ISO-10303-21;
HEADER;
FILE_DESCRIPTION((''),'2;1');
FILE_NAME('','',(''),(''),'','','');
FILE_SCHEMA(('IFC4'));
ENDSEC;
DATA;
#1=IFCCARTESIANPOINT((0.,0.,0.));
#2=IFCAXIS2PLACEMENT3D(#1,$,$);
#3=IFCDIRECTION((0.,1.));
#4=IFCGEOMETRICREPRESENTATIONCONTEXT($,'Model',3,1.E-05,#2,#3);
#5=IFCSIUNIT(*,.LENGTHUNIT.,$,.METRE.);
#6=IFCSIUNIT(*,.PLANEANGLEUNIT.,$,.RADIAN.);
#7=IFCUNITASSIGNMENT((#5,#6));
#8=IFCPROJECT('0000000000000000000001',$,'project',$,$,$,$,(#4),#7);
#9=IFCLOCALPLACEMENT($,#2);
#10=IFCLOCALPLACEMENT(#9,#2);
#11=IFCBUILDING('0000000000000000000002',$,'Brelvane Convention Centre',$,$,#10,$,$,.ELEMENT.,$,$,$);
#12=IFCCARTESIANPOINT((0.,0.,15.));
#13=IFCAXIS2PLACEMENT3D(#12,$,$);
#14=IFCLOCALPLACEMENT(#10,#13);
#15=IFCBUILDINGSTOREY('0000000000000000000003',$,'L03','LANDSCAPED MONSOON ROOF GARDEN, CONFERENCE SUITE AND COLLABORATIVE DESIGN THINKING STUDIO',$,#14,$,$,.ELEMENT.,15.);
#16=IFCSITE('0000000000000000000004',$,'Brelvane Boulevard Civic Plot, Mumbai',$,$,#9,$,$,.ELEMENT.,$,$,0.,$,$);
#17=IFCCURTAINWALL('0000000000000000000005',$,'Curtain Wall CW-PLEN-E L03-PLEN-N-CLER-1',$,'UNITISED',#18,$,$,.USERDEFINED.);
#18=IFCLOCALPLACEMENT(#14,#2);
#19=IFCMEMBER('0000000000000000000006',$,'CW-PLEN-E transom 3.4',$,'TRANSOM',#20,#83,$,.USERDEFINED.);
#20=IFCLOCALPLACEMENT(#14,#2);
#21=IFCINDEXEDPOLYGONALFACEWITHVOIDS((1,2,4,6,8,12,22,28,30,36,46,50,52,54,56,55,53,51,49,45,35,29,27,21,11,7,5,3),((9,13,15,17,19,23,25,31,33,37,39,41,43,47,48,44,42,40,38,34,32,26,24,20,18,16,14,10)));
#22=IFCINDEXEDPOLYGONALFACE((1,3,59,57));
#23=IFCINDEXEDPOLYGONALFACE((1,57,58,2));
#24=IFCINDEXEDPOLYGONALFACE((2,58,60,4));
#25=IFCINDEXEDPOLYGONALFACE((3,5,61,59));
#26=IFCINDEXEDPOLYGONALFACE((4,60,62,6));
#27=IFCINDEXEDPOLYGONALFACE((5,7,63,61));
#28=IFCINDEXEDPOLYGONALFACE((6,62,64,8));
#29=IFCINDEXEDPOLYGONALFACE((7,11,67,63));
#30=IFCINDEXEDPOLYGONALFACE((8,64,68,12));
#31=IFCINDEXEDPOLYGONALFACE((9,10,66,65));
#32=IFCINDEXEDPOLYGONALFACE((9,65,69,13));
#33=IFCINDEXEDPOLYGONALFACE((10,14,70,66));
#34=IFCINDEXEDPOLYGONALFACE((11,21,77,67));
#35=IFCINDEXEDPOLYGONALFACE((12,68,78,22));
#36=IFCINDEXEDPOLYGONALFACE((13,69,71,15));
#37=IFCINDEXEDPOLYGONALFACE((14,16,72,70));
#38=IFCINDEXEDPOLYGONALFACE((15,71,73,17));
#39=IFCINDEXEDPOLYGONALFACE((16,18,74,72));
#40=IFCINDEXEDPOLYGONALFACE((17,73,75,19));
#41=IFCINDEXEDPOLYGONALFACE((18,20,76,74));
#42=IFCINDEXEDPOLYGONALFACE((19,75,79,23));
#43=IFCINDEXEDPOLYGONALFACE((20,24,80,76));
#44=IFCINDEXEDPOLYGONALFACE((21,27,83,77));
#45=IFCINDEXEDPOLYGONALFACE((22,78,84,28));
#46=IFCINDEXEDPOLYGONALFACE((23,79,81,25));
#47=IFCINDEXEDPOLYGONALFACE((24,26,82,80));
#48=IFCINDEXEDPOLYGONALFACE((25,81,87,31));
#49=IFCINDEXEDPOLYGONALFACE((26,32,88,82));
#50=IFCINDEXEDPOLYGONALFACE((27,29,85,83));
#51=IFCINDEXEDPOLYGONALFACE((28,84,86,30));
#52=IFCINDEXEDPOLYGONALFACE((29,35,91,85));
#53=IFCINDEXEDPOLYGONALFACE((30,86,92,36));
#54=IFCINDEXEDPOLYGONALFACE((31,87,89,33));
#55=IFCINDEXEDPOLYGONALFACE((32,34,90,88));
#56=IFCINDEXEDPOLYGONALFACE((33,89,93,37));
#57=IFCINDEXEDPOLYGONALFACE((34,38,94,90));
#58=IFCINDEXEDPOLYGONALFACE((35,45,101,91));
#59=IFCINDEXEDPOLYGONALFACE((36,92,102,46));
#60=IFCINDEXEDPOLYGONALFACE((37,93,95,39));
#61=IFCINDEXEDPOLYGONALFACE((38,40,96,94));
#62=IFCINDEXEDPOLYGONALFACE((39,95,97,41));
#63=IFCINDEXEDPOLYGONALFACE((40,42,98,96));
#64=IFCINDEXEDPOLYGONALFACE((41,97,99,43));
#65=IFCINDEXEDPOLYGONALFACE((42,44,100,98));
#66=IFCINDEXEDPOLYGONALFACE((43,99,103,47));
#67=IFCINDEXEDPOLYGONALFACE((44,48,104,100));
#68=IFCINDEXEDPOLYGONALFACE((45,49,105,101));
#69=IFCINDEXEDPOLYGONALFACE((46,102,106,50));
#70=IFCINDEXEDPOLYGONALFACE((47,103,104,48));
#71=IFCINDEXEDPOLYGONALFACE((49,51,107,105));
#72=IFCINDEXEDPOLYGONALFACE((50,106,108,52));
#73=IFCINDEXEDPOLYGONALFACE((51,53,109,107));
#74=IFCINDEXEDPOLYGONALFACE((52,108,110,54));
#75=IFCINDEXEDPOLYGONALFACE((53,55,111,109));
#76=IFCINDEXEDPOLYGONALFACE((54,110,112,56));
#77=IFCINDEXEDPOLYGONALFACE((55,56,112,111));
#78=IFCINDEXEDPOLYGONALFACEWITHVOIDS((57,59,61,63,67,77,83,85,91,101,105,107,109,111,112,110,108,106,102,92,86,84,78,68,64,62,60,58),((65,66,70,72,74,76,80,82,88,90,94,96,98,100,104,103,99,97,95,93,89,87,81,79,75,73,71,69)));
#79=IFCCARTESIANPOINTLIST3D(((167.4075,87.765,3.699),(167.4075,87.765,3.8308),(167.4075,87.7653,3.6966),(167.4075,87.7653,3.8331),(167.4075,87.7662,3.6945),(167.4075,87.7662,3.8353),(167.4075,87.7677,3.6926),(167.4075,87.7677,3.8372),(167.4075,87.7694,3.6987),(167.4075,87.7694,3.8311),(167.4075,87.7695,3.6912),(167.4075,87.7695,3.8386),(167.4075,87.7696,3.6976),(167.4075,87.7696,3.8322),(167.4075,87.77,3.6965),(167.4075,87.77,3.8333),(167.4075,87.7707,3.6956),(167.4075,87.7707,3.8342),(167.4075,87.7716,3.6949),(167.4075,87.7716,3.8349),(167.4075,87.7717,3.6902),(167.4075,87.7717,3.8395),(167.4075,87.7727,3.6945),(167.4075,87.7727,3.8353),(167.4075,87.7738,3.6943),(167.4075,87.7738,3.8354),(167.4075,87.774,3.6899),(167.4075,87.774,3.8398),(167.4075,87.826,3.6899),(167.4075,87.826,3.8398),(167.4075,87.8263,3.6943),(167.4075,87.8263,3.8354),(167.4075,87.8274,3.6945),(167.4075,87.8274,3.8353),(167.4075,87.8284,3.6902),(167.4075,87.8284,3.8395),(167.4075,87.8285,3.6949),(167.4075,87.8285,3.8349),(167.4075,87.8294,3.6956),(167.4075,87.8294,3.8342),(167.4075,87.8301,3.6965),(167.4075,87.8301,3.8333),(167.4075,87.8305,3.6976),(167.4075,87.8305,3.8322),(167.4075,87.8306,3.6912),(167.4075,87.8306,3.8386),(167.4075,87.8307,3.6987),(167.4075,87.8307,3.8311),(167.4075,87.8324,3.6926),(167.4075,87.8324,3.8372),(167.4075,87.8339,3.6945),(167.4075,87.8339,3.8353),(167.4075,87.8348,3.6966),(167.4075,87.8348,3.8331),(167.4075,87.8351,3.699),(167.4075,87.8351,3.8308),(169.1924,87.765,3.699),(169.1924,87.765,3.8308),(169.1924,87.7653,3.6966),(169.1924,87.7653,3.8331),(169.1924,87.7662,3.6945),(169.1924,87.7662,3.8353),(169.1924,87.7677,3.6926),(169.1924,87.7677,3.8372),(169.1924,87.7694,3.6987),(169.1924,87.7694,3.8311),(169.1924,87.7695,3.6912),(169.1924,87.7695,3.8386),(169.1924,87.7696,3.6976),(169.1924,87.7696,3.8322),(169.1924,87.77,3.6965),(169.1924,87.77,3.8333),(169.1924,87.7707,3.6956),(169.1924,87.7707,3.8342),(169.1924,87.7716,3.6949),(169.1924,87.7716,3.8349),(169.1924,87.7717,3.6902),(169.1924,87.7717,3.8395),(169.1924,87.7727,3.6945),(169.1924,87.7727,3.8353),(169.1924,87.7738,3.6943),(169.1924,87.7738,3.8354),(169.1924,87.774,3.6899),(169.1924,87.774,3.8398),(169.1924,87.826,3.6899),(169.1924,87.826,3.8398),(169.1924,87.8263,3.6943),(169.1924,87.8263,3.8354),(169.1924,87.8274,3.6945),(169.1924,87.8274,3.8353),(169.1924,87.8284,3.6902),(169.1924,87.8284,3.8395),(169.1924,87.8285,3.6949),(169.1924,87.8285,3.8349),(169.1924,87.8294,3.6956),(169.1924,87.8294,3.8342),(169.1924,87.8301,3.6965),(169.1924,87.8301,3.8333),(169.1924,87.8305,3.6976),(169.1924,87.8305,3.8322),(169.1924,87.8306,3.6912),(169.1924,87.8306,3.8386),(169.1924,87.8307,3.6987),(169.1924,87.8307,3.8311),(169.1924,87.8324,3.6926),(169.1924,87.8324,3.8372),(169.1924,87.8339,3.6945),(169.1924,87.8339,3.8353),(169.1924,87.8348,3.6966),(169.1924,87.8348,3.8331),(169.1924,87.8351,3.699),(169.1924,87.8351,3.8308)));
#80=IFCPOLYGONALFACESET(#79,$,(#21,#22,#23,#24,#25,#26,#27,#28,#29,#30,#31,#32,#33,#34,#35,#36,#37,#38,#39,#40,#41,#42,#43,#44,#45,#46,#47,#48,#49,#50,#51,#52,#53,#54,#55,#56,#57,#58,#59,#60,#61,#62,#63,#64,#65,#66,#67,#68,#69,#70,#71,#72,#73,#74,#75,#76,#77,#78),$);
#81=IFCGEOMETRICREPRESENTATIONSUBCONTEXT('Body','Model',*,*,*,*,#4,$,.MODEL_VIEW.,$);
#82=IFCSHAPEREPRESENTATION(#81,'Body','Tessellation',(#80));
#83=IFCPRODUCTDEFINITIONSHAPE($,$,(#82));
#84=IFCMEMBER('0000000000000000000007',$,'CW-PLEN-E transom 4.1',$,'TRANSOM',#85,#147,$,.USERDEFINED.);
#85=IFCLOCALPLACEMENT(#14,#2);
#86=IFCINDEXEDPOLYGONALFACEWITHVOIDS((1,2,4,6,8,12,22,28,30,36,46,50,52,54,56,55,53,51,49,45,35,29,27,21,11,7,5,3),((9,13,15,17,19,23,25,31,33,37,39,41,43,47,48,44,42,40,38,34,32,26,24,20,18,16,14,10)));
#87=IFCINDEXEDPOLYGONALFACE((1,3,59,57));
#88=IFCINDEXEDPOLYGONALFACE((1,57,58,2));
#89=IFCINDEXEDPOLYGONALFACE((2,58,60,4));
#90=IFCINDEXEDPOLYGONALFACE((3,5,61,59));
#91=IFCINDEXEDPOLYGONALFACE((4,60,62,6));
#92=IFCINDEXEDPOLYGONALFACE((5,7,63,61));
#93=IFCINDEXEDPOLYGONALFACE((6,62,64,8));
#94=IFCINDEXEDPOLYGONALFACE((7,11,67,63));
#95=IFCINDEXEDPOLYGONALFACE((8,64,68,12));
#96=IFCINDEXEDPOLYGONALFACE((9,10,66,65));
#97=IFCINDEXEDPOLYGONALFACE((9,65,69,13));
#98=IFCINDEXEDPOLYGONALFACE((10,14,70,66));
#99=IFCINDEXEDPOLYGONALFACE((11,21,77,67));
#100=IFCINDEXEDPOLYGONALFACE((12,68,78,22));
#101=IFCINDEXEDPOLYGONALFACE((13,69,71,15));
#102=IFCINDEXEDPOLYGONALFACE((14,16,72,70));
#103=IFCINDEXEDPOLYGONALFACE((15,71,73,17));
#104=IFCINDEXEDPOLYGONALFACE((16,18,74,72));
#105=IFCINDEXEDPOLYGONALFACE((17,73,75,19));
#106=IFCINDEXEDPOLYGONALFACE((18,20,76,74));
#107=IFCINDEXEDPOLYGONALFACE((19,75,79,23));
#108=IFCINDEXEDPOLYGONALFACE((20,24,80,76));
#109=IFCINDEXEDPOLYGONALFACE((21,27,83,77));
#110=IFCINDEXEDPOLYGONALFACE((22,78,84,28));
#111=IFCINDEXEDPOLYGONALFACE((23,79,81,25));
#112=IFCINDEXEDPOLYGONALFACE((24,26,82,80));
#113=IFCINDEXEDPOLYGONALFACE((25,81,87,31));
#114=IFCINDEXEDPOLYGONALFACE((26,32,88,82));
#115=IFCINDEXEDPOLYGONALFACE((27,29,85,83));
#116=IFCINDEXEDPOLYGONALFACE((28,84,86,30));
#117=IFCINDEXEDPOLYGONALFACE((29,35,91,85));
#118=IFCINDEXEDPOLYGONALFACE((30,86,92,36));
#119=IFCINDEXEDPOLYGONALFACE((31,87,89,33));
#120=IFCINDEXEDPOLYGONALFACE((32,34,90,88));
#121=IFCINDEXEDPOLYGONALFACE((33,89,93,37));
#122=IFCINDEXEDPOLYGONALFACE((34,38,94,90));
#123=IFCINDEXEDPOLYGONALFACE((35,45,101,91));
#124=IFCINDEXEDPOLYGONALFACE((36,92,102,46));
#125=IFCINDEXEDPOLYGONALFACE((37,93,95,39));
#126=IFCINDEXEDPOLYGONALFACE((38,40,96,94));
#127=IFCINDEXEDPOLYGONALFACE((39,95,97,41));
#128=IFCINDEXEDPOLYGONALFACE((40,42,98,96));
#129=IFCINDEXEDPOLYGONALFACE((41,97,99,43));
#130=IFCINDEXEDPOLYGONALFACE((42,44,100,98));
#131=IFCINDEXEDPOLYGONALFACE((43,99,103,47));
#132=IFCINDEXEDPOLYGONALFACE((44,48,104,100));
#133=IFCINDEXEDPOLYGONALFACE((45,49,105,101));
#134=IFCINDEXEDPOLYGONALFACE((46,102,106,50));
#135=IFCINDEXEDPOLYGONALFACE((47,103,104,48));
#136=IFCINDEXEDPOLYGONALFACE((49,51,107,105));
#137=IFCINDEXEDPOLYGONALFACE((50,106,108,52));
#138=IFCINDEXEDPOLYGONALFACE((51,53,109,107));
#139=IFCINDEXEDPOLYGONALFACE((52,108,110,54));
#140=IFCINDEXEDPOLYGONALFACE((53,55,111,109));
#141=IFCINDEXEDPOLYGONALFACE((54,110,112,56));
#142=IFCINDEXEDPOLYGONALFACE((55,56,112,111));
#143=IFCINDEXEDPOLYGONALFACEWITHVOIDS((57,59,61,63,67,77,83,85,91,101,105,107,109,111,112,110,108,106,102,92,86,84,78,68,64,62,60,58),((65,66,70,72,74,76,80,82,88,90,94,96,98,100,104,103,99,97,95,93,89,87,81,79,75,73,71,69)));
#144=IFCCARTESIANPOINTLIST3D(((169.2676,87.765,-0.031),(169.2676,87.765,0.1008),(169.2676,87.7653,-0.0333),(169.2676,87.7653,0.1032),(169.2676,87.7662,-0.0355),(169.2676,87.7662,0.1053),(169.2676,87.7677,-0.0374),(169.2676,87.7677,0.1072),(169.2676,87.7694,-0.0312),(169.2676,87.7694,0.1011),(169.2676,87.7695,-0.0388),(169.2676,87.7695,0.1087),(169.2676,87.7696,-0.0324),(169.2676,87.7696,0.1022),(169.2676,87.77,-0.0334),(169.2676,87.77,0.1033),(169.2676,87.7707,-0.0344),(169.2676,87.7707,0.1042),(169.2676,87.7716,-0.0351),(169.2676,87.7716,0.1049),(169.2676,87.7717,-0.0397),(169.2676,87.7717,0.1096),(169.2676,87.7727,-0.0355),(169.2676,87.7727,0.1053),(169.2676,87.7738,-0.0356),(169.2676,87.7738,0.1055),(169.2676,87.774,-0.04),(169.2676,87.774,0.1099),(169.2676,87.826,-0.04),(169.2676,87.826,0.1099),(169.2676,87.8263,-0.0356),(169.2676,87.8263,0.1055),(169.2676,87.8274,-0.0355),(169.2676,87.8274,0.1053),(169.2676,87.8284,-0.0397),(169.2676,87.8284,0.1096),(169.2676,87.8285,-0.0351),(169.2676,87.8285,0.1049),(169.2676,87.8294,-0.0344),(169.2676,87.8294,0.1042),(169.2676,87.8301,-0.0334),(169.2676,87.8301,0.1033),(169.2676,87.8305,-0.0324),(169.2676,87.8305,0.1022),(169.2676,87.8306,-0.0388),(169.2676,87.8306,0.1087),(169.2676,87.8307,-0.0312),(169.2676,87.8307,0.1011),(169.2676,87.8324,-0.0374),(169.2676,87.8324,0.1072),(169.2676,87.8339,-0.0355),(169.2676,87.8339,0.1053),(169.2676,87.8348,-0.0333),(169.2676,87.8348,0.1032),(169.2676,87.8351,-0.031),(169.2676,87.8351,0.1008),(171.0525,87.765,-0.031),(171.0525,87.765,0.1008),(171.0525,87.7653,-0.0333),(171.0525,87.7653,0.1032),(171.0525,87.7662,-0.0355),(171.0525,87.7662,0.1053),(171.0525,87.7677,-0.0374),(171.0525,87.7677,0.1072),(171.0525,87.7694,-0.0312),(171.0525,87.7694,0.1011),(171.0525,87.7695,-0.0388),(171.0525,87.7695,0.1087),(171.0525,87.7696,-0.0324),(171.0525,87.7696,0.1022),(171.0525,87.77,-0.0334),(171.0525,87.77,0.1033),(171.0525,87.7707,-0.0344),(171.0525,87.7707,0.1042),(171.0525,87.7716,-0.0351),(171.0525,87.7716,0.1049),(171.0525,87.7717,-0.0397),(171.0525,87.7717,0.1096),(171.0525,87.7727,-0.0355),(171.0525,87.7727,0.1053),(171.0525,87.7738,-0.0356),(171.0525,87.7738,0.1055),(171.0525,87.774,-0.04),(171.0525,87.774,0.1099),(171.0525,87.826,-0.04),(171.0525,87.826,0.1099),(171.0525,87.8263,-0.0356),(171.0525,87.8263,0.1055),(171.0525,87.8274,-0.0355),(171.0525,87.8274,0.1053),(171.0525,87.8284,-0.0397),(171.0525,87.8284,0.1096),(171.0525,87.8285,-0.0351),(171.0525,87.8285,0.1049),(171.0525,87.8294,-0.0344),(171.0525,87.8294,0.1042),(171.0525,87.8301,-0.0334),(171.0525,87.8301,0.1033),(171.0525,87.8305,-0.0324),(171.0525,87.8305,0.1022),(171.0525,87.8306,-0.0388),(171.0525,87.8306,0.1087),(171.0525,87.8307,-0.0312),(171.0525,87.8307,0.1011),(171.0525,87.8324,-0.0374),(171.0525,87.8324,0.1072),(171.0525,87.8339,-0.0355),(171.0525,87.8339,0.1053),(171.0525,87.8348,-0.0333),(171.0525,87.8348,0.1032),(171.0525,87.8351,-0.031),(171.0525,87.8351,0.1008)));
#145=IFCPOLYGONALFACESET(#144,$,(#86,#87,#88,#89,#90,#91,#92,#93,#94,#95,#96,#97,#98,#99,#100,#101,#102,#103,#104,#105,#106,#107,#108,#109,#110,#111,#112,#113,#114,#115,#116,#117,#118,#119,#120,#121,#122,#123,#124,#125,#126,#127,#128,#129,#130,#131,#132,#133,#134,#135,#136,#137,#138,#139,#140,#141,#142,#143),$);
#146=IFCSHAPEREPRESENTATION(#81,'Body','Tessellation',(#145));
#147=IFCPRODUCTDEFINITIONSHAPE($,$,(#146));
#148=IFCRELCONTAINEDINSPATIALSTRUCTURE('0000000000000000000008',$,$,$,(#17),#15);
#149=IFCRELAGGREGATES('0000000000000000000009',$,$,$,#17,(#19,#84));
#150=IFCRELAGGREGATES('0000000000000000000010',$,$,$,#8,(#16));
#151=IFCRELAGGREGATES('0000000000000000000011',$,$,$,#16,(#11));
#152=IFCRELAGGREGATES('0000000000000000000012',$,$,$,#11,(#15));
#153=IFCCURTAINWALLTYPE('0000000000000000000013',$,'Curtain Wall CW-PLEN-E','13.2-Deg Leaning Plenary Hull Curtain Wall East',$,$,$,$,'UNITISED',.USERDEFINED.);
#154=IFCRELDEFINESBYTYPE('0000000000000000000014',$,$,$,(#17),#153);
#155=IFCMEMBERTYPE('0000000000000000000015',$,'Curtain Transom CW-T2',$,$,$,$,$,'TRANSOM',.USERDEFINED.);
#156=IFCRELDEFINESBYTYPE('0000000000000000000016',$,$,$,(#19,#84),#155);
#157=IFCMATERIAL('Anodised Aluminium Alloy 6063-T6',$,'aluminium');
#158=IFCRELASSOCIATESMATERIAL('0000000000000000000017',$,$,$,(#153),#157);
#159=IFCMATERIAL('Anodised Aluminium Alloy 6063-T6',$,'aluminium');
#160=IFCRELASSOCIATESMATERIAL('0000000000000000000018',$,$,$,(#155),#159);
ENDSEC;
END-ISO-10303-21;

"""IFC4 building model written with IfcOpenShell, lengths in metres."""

from ifc_helpers import new_model, si_unit, direction, frame, origin, origin_2d, place, context, subcontext, project, spatial, hollow_rectangle, extrude, material, material_profile, profile_set, type_object, element, aggregate, save


model = new_model("IFC4")

# Units and contexts
model_context = context("Model", 3, precision=1e-05, world=origin(), true_north=direction((0.0, 1.0)))
body_context = subcontext(model_context, "Body", "Model", "MODEL_VIEW")
ifc_project = project(units=[si_unit("LENGTHUNIT", "METRE"), si_unit("PLANEANGLEUNIT", "RADIAN")], contexts=[model_context])

# Site, building, storey
site_placement = place(None, origin())
site = spatial("IfcSite", under=ifc_project, at=site_placement, Name="Brelvane Boulevard Civic Plot, Mumbai", CompositionType="ELEMENT", RefElevation=0.0)
building_placement = place(site_placement, origin())
building = spatial("IfcBuilding", under=site, at=building_placement, Name="Brelvane Convention Centre", CompositionType="ELEMENT")
storey_placement = place(building_placement, frame((0.0, 0.0, 15.0)))
storey = spatial("IfcBuildingStorey", under=building, at=storey_placement, Name="L03", Description="LANDSCAPED MONSOON ROOF GARDEN, CONFERENCE SUITE AND COLLABORATIVE DESIGN THINKING STUDIO", CompositionType="ELEMENT", Elevation=15.0)

# Curtain wall, members
ifc_material_1 = material(Name="Anodised Aluminium Alloy 6063-T6", Category="aluminium")
curtain_wall_type = type_object("IfcCurtainWallType", Name="Curtain Wall CW-PLEN-E", Description="13.2-Deg Leaning Plenary Hull Curtain Wall East", ElementType="UNITISED", PredefinedType="USERDEFINED", material=ifc_material_1)
curtain_wall_placement = place(storey_placement, origin())
curtain_wall = element("IfcCurtainWall", 1, at=curtain_wall_placement, inside=storey, type_object=curtain_wall_type, Name="Curtain Wall CW-PLEN-E L03-PLEN-N-CLER-1", ObjectType="UNITISED", PredefinedType="USERDEFINED")
ifc_material_2 = material(Name="Anodised Aluminium Alloy 6063-T6", Category="aluminium")
ifc_material_profile_1 = material_profile(ifc_material_2, hollow_rectangle(XDim=0.0701, YDim=0.1499, WallThickness=0.0044, InnerFilletRadius=0.0044, OuterFilletRadius=0.009, at=origin_2d()), Name="ALU-T 150x70x4.5")
ifc_profile_set_1 = profile_set([ifc_material_profile_1], Name="Anodised Aluminium Alloy 6063-T6")
member_type_1 = type_object("IfcMemberType", Name="Curtain Transom CW-T2", ElementType="TRANSOM", PredefinedType="USERDEFINED", material=ifc_profile_set_1)
member_1_placement = place(storey_placement, frame((167.4075, 87.8, 3.7649), z_axis=(1.0, 0.0, 0.0), x_axis=(0.0, 1.0, 0.0)))
member_1 = element("IfcMember", 2, at=member_1_placement, type_object=member_type_1, Name="CW-PLEN-E transom 3.4", ObjectType="TRANSOM", PredefinedType="USERDEFINED", context=body_context, shape_type="SweptSolid", body=[
    extrude(hollow_rectangle(XDim=0.0701, YDim=0.1499, WallThickness=0.0044, InnerFilletRadius=0.0044, OuterFilletRadius=0.009, at=origin_2d()), origin(), (0.0, 0.0, 1.0), 1.7849),
])
member_2_placement = place(storey_placement, frame((169.2676, 87.8, 0.0349), z_axis=(1.0, 0.0, 0.0), x_axis=(0.0, 1.0, 0.0)))
member_2 = element("IfcMember", 3, at=member_2_placement, type_object=member_type_1, Name="CW-PLEN-E transom 4.1", ObjectType="TRANSOM", PredefinedType="USERDEFINED", context=body_context, shape_type="SweptSolid", body=[
    extrude(hollow_rectangle(XDim=0.0701, YDim=0.1499, WallThickness=0.0044, InnerFilletRadius=0.0044, OuterFilletRadius=0.009, at=origin_2d()), origin(), (0.0, 0.0, 1.0), 1.7849),
])

aggregate(curtain_wall, [member_1, member_2])

save(model, "model.ifc")
